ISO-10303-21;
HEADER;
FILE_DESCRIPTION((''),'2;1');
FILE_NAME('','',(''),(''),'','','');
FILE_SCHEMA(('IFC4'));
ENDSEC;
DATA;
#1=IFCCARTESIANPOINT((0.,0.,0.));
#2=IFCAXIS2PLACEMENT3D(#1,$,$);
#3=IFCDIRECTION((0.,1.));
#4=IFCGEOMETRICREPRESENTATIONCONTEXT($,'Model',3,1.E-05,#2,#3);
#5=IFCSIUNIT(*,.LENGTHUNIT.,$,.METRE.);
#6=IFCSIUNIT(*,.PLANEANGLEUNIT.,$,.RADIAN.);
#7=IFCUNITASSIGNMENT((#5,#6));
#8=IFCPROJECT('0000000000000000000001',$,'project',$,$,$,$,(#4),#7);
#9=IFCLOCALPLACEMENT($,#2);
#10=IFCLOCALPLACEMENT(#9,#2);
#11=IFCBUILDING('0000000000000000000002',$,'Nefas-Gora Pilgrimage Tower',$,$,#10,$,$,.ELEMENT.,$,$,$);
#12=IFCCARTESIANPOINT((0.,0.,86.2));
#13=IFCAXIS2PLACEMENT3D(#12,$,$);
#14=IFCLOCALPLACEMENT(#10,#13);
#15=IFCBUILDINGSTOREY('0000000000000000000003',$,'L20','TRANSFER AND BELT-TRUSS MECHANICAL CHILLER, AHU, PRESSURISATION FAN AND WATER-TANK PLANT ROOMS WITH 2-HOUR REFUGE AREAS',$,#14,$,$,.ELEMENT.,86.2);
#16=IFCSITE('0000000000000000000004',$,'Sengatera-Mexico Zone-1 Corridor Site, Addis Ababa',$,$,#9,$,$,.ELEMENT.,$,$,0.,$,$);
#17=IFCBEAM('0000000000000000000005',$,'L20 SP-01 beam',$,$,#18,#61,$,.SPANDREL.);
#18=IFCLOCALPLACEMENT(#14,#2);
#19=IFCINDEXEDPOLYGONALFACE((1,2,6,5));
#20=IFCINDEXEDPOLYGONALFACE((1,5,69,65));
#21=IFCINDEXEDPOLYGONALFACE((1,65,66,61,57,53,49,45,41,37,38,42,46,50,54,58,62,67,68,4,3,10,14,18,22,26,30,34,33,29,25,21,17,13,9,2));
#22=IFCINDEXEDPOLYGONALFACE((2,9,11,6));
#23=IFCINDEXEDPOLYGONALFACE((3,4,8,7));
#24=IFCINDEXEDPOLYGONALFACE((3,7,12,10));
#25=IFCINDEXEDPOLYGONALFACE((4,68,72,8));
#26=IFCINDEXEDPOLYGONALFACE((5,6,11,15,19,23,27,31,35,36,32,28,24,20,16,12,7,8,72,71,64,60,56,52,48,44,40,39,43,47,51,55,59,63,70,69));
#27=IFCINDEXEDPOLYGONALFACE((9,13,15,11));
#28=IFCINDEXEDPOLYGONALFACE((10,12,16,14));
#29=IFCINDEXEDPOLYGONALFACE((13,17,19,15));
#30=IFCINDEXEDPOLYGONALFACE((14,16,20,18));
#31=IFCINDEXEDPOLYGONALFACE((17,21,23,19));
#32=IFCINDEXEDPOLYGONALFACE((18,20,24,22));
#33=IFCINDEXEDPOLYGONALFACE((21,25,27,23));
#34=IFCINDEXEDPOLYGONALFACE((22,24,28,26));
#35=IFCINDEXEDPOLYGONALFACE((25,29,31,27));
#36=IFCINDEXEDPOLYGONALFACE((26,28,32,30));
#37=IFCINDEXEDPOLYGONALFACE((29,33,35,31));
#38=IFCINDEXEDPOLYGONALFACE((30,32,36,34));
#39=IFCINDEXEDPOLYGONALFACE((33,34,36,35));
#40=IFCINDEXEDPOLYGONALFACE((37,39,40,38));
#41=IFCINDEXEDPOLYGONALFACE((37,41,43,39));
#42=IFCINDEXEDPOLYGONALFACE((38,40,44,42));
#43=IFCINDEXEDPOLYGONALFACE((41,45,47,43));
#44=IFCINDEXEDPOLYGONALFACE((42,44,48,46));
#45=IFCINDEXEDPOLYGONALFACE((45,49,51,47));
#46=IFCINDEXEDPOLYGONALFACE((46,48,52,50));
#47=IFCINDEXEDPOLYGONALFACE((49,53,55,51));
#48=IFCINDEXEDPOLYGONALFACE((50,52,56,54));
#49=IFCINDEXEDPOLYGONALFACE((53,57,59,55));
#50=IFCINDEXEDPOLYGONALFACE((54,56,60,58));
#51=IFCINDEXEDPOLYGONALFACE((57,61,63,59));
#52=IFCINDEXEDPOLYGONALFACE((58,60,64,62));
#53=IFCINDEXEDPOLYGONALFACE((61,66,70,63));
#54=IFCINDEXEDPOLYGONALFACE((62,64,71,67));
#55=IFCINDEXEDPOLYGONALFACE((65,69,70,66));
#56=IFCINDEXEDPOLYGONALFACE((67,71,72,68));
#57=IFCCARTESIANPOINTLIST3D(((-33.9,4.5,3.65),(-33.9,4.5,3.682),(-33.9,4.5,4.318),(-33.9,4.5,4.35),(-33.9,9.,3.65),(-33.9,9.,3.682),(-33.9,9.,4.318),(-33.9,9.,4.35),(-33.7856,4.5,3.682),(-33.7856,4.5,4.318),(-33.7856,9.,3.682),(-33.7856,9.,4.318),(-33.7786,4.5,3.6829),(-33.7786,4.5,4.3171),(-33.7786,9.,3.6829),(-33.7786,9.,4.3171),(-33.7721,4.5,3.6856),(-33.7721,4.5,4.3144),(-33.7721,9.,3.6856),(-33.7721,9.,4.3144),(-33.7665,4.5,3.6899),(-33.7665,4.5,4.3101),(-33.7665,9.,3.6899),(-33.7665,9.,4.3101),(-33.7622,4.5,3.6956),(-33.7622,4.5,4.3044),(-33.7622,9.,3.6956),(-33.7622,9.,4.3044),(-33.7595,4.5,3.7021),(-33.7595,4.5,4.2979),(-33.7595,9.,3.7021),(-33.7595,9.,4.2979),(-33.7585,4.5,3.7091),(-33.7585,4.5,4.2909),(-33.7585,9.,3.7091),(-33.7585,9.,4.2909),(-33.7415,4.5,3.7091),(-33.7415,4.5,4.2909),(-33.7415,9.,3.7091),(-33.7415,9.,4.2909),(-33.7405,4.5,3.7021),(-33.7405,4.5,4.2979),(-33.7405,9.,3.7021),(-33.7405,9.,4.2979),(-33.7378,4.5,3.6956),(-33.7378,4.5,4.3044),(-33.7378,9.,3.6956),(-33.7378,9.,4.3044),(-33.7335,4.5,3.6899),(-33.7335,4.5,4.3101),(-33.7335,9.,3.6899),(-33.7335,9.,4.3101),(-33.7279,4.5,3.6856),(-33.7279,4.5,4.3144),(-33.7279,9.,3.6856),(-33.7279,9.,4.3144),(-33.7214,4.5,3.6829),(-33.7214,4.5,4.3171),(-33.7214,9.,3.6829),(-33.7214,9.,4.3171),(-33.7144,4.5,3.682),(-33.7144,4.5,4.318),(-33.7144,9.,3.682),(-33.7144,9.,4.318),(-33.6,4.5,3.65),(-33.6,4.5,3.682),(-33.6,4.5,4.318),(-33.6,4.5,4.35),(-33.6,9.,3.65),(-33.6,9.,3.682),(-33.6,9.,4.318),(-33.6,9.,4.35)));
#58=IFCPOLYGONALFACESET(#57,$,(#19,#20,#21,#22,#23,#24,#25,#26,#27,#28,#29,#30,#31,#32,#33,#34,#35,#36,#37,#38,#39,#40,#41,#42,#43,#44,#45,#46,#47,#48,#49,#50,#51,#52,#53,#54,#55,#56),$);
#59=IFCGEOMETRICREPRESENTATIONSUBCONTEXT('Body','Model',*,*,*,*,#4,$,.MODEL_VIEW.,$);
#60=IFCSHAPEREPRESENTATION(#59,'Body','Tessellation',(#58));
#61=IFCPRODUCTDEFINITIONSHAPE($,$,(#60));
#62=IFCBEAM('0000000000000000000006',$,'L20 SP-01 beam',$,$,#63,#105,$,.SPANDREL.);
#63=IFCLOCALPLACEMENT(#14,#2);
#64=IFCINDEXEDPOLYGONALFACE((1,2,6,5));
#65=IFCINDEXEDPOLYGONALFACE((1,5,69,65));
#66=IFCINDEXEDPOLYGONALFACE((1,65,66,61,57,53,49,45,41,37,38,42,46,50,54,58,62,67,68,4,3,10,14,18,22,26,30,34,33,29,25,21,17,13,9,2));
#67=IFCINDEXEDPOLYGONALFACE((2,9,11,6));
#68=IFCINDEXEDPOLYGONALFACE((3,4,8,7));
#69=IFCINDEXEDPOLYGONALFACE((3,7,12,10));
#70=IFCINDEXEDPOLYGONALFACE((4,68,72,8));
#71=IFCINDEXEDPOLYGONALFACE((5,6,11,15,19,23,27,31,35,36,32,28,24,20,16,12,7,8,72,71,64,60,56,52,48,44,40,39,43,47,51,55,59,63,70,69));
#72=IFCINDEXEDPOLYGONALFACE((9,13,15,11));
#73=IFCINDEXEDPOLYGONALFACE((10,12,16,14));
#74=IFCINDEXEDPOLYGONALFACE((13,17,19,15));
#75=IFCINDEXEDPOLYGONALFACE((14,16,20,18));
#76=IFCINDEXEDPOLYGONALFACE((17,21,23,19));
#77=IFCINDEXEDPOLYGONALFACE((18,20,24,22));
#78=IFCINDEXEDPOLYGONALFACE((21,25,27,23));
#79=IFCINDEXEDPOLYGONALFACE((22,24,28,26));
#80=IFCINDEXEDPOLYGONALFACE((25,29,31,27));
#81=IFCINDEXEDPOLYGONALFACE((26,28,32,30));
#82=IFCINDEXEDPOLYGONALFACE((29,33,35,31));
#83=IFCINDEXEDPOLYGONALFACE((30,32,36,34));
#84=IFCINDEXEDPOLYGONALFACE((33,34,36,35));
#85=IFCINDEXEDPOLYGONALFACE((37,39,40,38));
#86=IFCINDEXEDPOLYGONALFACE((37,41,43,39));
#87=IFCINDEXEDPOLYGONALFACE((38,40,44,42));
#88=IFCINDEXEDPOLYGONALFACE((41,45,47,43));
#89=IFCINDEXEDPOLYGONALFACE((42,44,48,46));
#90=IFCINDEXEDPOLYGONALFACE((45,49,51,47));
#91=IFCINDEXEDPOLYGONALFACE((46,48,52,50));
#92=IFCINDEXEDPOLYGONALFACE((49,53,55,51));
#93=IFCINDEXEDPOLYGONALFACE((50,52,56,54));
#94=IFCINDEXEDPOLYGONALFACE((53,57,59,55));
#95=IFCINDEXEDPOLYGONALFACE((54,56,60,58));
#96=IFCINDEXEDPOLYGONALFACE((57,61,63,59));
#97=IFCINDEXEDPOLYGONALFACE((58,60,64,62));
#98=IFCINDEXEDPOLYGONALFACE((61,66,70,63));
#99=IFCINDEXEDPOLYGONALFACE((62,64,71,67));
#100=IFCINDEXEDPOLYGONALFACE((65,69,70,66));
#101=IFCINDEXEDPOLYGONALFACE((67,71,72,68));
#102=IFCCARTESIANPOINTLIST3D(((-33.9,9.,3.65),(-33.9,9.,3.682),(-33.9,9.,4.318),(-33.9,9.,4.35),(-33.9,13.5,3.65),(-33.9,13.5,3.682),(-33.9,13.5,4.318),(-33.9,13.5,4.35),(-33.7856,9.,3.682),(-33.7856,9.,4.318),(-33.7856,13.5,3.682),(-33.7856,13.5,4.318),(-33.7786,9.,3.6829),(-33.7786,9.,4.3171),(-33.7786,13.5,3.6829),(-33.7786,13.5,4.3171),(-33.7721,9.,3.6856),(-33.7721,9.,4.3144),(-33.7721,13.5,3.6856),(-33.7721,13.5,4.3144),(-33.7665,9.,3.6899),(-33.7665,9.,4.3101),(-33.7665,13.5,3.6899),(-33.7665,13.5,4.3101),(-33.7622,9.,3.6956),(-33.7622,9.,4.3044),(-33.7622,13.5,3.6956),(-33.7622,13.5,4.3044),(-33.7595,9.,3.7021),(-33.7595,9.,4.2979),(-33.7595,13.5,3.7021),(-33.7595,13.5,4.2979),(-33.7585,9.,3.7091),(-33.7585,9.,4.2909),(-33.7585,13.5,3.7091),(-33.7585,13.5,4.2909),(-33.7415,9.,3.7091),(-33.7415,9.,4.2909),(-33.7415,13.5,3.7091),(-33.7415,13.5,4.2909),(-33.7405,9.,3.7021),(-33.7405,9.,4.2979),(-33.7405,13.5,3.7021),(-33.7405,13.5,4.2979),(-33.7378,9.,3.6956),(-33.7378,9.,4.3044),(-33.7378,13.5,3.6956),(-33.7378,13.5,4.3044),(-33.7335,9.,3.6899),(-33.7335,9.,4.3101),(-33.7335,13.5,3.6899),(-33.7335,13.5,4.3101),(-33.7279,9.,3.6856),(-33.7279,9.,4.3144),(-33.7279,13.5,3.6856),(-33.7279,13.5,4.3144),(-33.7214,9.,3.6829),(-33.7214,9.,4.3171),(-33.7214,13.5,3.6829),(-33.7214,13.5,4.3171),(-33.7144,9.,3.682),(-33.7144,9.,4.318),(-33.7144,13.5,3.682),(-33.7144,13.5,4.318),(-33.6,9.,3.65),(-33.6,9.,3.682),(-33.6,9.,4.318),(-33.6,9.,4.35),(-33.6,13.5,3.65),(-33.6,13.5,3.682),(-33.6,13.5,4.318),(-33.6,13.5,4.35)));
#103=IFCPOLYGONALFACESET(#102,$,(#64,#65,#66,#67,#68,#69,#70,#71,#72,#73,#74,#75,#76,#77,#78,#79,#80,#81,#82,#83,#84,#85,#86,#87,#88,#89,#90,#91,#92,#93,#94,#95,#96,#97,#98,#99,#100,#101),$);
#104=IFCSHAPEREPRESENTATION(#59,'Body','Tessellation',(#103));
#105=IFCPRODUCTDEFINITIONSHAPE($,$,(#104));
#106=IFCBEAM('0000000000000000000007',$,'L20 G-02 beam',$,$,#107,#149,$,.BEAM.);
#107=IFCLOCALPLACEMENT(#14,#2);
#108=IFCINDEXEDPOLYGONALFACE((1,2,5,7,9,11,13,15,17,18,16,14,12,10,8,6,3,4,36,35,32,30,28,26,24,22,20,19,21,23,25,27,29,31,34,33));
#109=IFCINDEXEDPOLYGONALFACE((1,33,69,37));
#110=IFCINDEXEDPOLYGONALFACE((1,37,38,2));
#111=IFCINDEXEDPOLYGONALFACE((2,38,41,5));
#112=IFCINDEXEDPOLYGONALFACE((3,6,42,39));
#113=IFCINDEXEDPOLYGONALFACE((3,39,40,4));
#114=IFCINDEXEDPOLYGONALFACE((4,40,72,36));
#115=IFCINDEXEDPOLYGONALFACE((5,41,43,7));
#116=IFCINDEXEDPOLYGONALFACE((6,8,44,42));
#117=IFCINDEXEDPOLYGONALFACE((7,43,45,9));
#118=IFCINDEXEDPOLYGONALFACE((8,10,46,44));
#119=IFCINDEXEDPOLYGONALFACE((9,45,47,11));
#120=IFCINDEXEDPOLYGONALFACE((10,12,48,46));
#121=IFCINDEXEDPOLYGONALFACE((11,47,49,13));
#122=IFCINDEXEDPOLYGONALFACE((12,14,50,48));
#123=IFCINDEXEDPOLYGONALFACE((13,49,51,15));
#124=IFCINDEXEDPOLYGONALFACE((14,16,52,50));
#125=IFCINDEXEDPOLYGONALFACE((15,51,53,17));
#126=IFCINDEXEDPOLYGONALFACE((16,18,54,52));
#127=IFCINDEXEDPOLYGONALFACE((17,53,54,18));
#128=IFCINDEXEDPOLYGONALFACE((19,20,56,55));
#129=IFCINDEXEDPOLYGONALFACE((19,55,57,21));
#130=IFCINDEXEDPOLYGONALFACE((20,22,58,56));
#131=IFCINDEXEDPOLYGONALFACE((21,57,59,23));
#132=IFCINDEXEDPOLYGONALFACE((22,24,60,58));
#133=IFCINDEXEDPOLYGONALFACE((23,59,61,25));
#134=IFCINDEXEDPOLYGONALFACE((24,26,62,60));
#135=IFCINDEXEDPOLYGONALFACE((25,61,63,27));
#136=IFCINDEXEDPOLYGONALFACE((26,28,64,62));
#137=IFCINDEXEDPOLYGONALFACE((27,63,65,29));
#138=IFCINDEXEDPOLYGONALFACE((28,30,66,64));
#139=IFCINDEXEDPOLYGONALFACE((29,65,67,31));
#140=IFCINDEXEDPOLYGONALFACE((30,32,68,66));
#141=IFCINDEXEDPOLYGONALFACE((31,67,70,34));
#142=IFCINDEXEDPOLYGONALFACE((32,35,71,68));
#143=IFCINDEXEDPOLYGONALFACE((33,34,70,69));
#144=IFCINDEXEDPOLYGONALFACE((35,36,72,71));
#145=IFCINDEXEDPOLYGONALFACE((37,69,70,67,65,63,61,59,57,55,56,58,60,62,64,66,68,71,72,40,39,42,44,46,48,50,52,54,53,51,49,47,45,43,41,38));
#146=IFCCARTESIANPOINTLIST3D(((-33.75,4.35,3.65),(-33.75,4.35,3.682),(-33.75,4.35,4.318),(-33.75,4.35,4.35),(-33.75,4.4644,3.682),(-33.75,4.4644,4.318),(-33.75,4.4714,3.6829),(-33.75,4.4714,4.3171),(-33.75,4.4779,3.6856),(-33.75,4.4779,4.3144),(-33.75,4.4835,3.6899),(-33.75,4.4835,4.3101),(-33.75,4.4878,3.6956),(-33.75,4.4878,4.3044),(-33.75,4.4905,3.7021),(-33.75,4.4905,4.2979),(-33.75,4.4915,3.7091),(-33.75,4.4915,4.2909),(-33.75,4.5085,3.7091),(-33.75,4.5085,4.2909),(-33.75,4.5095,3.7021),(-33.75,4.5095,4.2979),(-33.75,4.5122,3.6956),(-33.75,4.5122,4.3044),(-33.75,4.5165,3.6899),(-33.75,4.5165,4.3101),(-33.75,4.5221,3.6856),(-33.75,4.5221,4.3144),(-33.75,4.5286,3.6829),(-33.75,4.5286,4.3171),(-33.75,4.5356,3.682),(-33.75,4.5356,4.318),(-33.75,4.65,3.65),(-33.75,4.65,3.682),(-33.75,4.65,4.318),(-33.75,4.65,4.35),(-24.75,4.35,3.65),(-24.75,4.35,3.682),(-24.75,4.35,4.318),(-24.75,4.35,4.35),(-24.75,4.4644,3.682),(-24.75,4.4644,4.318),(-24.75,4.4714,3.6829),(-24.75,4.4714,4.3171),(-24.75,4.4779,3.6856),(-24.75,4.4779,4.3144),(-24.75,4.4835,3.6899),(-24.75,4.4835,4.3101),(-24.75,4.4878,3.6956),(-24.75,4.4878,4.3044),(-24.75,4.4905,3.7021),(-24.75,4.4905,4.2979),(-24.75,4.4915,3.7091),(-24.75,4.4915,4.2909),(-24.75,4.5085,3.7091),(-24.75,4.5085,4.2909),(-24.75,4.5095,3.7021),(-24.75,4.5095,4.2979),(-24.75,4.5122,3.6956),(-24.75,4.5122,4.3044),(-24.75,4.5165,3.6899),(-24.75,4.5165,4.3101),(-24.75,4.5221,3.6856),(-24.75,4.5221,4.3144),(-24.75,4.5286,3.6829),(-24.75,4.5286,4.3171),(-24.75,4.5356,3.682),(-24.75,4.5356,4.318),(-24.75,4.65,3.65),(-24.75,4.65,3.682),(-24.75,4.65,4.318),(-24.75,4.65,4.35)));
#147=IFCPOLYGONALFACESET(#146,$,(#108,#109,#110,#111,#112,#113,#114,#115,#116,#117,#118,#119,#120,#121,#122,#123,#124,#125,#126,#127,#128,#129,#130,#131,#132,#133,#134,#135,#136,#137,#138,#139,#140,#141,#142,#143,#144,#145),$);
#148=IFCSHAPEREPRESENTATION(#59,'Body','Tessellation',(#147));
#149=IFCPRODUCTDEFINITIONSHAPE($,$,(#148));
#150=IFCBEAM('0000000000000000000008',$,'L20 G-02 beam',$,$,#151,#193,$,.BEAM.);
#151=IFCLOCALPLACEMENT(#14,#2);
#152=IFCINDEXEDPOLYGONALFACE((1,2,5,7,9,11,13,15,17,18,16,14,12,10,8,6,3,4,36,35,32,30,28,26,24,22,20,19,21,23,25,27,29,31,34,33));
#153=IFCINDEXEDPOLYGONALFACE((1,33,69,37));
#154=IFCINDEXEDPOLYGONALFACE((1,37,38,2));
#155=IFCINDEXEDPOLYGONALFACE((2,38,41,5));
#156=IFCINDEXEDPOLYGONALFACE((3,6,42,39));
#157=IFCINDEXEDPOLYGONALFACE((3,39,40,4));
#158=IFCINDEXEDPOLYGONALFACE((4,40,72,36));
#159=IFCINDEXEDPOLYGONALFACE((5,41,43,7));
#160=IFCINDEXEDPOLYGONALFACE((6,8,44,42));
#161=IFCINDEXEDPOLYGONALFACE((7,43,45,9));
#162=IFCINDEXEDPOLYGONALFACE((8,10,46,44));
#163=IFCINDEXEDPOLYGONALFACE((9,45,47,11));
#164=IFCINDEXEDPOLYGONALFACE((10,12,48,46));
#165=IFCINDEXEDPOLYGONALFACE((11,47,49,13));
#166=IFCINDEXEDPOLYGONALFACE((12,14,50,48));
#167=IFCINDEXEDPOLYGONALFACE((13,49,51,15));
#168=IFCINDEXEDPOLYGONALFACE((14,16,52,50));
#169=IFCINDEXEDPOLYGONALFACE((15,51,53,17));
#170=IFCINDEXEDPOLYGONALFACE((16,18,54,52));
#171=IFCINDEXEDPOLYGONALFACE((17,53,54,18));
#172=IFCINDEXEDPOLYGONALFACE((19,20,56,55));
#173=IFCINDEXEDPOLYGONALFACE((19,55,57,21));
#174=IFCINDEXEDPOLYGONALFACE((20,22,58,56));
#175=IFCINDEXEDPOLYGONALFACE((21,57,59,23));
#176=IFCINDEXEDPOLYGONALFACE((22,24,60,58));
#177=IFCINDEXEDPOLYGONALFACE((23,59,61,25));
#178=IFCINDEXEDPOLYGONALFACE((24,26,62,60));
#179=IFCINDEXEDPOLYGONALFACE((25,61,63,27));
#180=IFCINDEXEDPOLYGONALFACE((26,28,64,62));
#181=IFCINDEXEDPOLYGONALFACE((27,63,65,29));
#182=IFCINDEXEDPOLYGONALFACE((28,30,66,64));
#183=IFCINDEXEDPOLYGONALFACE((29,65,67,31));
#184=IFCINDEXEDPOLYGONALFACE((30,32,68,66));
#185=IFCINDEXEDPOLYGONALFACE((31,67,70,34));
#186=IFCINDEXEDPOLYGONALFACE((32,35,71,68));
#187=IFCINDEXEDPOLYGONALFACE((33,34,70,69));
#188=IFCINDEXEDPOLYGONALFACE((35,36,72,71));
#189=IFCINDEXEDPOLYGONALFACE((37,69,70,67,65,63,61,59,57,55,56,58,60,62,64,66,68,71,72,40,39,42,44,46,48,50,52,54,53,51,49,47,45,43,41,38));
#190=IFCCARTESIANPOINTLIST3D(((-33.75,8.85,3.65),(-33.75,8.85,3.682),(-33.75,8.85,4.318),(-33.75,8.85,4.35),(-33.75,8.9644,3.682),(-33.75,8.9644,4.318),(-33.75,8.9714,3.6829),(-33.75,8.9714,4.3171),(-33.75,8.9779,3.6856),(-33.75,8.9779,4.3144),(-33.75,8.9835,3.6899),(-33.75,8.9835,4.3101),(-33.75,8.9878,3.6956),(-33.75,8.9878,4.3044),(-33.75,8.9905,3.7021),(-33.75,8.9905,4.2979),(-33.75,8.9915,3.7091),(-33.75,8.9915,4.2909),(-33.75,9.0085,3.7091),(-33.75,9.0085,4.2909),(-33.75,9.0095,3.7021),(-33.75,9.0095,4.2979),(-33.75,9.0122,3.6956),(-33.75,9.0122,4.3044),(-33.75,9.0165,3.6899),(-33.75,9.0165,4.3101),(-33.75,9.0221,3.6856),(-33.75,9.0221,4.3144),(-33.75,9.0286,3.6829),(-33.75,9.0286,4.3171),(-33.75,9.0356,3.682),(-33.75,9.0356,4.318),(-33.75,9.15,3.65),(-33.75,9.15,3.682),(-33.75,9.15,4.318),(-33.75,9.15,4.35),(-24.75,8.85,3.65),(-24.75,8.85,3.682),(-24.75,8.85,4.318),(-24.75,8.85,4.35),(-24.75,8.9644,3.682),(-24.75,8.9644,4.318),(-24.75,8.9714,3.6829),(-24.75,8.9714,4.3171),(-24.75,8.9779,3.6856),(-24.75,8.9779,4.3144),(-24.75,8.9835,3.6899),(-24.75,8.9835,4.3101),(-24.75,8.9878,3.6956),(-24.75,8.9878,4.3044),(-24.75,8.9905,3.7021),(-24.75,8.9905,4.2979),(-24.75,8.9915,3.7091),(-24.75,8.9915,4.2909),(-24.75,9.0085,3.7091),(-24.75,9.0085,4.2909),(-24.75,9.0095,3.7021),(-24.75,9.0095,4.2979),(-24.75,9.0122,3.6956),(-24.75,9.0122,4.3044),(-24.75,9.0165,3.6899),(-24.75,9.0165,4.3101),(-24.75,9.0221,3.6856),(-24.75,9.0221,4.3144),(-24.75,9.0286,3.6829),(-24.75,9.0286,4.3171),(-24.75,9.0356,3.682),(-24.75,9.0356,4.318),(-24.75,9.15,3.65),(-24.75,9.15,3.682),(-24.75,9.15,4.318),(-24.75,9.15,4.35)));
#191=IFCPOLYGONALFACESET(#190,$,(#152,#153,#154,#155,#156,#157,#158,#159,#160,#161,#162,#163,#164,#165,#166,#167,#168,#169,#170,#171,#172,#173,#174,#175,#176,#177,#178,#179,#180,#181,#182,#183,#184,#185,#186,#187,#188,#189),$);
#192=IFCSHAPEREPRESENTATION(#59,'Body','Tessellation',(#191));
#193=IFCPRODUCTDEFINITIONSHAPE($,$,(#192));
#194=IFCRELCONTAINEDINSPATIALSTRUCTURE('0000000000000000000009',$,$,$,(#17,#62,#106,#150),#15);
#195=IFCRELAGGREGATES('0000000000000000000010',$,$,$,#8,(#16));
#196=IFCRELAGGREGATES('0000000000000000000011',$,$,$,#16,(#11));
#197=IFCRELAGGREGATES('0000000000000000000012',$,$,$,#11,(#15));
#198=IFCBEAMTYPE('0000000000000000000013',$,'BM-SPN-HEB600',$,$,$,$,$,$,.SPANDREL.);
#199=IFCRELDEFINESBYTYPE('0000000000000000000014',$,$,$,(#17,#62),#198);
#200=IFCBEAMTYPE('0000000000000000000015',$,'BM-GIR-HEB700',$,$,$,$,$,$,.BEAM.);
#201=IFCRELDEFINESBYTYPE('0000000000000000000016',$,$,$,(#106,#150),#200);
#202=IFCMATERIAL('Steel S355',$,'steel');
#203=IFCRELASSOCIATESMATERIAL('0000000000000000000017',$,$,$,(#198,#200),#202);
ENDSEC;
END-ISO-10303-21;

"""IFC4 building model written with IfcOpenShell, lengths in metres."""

from ifc_helpers import new_model, si_unit, direction, frame, origin, origin_2d, place, context, subcontext, project, spatial, i_section, extrude, source, transform, mapped, material, material_profile, profile_set, type_object, element, save


model = new_model("IFC4")

# Units and contexts
model_context = context("Model", 3, precision=1e-05, world=origin(), true_north=direction((0.0, 1.0)))
body_context = subcontext(model_context, "Body", "Model", "MODEL_VIEW")
ifc_project = project(units=[si_unit("LENGTHUNIT", "METRE"), si_unit("PLANEANGLEUNIT", "RADIAN")], contexts=[model_context])

# Site, building, storey
site_placement = place(None, origin())
site = spatial("IfcSite", under=ifc_project, at=site_placement, Name="Sengatera-Mexico Zone-1 Corridor Site, Addis Ababa", CompositionType="ELEMENT", RefElevation=0.0)
building_placement = place(site_placement, origin())
building = spatial("IfcBuilding", under=site, at=building_placement, Name="Nefas-Gora Pilgrimage Tower", CompositionType="ELEMENT")
storey_placement = place(building_placement, frame((0.0, 0.0, 86.2)))
storey = spatial("IfcBuildingStorey", under=building, at=storey_placement, Name="L20", Description="TRANSFER AND BELT-TRUSS MECHANICAL CHILLER, AHU, PRESSURISATION FAN AND WATER-TANK PLANT ROOMS WITH 2-HOUR REFUGE AREAS", CompositionType="ELEMENT", Elevation=86.2)

# Beams
ifc_material_1 = material(Name="Steel S355", Category="steel")
ifc_material_profile_1 = material_profile(ifc_material_1, i_section(OverallWidth=0.3, OverallDepth=0.7, WebThickness=0.0171, FlangeThickness=0.032, FilletRadius=0.0271, at=origin_2d()), Name="HEB 700")
ifc_profile_set_1 = profile_set([ifc_material_profile_1], Name="Steel S355")
beam_type_1 = type_object("IfcBeamType", Name="BM-SPN-HEB600", PredefinedType="SPANDREL", material=ifc_profile_set_1)
shared_shape_1 = source(origin(), body_context, "Body", "SweptSolid", [
    extrude(i_section(OverallWidth=0.3, OverallDepth=0.7, WebThickness=0.0171, FlangeThickness=0.032, FilletRadius=0.0271, at=origin_2d()), origin(), (0.0, 0.0, 1.0), 4.5),
])
for number, where, z_axis, x_axis, name in (
    (1, (-33.75, 4.5, 4.0), (0.0, 1.0, 0.0), (-1.0, 0.0, 0.0), "L20 SP-01 beam"),
    (2, (-33.75, 9.0, 4.0), (0.0, 1.0, 0.0), (-1.0, 0.0, 0.0), "L20 SP-01 beam"),
):
    element("IfcBeam", number, at=place(storey_placement, frame(where, z_axis=z_axis, x_axis=x_axis)), inside=storey, type_object=beam_type_1, Name=name, PredefinedType="SPANDREL", context=body_context, shape_type="MappedRepresentation", body=[
        mapped(shared_shape_1, transform((0.0, 0.0, 0.0), x_axis=(1.0, 0.0, 0.0), y_axis=(0.0, 1.0, 0.0), z_axis=(0.0, 0.0, 1.0), scale=1.0)),
    ])
ifc_material_profile_2 = material_profile(ifc_material_1, i_section(OverallWidth=0.3, OverallDepth=0.7, WebThickness=0.0171, FlangeThickness=0.032, FilletRadius=0.0271, at=origin_2d()), Name="HEB 700")
ifc_profile_set_2 = profile_set([ifc_material_profile_2], Name="Steel S355")
beam_type_2 = type_object("IfcBeamType", Name="BM-GIR-HEB700", PredefinedType="BEAM", material=ifc_profile_set_2)
shared_shape_2 = source(origin(), body_context, "Body", "SweptSolid", [
    extrude(i_section(OverallWidth=0.3, OverallDepth=0.7, WebThickness=0.0171, FlangeThickness=0.032, FilletRadius=0.0271, at=origin_2d()), origin(), (0.0, 0.0, 1.0), 9.0),
])
for number, where, z_axis, x_axis, name in (
    (3, (-33.75, 4.5, 4.0), (1.0, 0.0, 0.0), (0.0, 1.0, 0.0), "L20 G-02 beam"),
    (4, (-33.75, 9.0, 4.0), (1.0, 0.0, 0.0), (0.0, 1.0, 0.0), "L20 G-02 beam"),
):
    element("IfcBeam", number, at=place(storey_placement, frame(where, z_axis=z_axis, x_axis=x_axis)), inside=storey, type_object=beam_type_2, Name=name, PredefinedType="BEAM", context=body_context, shape_type="MappedRepresentation", body=[
        mapped(shared_shape_2, transform((0.0, 0.0, 0.0), x_axis=(1.0, 0.0, 0.0), y_axis=(0.0, 1.0, 0.0), z_axis=(0.0, 0.0, 1.0), scale=1.0)),
    ])

save(model, "model.ifc")
